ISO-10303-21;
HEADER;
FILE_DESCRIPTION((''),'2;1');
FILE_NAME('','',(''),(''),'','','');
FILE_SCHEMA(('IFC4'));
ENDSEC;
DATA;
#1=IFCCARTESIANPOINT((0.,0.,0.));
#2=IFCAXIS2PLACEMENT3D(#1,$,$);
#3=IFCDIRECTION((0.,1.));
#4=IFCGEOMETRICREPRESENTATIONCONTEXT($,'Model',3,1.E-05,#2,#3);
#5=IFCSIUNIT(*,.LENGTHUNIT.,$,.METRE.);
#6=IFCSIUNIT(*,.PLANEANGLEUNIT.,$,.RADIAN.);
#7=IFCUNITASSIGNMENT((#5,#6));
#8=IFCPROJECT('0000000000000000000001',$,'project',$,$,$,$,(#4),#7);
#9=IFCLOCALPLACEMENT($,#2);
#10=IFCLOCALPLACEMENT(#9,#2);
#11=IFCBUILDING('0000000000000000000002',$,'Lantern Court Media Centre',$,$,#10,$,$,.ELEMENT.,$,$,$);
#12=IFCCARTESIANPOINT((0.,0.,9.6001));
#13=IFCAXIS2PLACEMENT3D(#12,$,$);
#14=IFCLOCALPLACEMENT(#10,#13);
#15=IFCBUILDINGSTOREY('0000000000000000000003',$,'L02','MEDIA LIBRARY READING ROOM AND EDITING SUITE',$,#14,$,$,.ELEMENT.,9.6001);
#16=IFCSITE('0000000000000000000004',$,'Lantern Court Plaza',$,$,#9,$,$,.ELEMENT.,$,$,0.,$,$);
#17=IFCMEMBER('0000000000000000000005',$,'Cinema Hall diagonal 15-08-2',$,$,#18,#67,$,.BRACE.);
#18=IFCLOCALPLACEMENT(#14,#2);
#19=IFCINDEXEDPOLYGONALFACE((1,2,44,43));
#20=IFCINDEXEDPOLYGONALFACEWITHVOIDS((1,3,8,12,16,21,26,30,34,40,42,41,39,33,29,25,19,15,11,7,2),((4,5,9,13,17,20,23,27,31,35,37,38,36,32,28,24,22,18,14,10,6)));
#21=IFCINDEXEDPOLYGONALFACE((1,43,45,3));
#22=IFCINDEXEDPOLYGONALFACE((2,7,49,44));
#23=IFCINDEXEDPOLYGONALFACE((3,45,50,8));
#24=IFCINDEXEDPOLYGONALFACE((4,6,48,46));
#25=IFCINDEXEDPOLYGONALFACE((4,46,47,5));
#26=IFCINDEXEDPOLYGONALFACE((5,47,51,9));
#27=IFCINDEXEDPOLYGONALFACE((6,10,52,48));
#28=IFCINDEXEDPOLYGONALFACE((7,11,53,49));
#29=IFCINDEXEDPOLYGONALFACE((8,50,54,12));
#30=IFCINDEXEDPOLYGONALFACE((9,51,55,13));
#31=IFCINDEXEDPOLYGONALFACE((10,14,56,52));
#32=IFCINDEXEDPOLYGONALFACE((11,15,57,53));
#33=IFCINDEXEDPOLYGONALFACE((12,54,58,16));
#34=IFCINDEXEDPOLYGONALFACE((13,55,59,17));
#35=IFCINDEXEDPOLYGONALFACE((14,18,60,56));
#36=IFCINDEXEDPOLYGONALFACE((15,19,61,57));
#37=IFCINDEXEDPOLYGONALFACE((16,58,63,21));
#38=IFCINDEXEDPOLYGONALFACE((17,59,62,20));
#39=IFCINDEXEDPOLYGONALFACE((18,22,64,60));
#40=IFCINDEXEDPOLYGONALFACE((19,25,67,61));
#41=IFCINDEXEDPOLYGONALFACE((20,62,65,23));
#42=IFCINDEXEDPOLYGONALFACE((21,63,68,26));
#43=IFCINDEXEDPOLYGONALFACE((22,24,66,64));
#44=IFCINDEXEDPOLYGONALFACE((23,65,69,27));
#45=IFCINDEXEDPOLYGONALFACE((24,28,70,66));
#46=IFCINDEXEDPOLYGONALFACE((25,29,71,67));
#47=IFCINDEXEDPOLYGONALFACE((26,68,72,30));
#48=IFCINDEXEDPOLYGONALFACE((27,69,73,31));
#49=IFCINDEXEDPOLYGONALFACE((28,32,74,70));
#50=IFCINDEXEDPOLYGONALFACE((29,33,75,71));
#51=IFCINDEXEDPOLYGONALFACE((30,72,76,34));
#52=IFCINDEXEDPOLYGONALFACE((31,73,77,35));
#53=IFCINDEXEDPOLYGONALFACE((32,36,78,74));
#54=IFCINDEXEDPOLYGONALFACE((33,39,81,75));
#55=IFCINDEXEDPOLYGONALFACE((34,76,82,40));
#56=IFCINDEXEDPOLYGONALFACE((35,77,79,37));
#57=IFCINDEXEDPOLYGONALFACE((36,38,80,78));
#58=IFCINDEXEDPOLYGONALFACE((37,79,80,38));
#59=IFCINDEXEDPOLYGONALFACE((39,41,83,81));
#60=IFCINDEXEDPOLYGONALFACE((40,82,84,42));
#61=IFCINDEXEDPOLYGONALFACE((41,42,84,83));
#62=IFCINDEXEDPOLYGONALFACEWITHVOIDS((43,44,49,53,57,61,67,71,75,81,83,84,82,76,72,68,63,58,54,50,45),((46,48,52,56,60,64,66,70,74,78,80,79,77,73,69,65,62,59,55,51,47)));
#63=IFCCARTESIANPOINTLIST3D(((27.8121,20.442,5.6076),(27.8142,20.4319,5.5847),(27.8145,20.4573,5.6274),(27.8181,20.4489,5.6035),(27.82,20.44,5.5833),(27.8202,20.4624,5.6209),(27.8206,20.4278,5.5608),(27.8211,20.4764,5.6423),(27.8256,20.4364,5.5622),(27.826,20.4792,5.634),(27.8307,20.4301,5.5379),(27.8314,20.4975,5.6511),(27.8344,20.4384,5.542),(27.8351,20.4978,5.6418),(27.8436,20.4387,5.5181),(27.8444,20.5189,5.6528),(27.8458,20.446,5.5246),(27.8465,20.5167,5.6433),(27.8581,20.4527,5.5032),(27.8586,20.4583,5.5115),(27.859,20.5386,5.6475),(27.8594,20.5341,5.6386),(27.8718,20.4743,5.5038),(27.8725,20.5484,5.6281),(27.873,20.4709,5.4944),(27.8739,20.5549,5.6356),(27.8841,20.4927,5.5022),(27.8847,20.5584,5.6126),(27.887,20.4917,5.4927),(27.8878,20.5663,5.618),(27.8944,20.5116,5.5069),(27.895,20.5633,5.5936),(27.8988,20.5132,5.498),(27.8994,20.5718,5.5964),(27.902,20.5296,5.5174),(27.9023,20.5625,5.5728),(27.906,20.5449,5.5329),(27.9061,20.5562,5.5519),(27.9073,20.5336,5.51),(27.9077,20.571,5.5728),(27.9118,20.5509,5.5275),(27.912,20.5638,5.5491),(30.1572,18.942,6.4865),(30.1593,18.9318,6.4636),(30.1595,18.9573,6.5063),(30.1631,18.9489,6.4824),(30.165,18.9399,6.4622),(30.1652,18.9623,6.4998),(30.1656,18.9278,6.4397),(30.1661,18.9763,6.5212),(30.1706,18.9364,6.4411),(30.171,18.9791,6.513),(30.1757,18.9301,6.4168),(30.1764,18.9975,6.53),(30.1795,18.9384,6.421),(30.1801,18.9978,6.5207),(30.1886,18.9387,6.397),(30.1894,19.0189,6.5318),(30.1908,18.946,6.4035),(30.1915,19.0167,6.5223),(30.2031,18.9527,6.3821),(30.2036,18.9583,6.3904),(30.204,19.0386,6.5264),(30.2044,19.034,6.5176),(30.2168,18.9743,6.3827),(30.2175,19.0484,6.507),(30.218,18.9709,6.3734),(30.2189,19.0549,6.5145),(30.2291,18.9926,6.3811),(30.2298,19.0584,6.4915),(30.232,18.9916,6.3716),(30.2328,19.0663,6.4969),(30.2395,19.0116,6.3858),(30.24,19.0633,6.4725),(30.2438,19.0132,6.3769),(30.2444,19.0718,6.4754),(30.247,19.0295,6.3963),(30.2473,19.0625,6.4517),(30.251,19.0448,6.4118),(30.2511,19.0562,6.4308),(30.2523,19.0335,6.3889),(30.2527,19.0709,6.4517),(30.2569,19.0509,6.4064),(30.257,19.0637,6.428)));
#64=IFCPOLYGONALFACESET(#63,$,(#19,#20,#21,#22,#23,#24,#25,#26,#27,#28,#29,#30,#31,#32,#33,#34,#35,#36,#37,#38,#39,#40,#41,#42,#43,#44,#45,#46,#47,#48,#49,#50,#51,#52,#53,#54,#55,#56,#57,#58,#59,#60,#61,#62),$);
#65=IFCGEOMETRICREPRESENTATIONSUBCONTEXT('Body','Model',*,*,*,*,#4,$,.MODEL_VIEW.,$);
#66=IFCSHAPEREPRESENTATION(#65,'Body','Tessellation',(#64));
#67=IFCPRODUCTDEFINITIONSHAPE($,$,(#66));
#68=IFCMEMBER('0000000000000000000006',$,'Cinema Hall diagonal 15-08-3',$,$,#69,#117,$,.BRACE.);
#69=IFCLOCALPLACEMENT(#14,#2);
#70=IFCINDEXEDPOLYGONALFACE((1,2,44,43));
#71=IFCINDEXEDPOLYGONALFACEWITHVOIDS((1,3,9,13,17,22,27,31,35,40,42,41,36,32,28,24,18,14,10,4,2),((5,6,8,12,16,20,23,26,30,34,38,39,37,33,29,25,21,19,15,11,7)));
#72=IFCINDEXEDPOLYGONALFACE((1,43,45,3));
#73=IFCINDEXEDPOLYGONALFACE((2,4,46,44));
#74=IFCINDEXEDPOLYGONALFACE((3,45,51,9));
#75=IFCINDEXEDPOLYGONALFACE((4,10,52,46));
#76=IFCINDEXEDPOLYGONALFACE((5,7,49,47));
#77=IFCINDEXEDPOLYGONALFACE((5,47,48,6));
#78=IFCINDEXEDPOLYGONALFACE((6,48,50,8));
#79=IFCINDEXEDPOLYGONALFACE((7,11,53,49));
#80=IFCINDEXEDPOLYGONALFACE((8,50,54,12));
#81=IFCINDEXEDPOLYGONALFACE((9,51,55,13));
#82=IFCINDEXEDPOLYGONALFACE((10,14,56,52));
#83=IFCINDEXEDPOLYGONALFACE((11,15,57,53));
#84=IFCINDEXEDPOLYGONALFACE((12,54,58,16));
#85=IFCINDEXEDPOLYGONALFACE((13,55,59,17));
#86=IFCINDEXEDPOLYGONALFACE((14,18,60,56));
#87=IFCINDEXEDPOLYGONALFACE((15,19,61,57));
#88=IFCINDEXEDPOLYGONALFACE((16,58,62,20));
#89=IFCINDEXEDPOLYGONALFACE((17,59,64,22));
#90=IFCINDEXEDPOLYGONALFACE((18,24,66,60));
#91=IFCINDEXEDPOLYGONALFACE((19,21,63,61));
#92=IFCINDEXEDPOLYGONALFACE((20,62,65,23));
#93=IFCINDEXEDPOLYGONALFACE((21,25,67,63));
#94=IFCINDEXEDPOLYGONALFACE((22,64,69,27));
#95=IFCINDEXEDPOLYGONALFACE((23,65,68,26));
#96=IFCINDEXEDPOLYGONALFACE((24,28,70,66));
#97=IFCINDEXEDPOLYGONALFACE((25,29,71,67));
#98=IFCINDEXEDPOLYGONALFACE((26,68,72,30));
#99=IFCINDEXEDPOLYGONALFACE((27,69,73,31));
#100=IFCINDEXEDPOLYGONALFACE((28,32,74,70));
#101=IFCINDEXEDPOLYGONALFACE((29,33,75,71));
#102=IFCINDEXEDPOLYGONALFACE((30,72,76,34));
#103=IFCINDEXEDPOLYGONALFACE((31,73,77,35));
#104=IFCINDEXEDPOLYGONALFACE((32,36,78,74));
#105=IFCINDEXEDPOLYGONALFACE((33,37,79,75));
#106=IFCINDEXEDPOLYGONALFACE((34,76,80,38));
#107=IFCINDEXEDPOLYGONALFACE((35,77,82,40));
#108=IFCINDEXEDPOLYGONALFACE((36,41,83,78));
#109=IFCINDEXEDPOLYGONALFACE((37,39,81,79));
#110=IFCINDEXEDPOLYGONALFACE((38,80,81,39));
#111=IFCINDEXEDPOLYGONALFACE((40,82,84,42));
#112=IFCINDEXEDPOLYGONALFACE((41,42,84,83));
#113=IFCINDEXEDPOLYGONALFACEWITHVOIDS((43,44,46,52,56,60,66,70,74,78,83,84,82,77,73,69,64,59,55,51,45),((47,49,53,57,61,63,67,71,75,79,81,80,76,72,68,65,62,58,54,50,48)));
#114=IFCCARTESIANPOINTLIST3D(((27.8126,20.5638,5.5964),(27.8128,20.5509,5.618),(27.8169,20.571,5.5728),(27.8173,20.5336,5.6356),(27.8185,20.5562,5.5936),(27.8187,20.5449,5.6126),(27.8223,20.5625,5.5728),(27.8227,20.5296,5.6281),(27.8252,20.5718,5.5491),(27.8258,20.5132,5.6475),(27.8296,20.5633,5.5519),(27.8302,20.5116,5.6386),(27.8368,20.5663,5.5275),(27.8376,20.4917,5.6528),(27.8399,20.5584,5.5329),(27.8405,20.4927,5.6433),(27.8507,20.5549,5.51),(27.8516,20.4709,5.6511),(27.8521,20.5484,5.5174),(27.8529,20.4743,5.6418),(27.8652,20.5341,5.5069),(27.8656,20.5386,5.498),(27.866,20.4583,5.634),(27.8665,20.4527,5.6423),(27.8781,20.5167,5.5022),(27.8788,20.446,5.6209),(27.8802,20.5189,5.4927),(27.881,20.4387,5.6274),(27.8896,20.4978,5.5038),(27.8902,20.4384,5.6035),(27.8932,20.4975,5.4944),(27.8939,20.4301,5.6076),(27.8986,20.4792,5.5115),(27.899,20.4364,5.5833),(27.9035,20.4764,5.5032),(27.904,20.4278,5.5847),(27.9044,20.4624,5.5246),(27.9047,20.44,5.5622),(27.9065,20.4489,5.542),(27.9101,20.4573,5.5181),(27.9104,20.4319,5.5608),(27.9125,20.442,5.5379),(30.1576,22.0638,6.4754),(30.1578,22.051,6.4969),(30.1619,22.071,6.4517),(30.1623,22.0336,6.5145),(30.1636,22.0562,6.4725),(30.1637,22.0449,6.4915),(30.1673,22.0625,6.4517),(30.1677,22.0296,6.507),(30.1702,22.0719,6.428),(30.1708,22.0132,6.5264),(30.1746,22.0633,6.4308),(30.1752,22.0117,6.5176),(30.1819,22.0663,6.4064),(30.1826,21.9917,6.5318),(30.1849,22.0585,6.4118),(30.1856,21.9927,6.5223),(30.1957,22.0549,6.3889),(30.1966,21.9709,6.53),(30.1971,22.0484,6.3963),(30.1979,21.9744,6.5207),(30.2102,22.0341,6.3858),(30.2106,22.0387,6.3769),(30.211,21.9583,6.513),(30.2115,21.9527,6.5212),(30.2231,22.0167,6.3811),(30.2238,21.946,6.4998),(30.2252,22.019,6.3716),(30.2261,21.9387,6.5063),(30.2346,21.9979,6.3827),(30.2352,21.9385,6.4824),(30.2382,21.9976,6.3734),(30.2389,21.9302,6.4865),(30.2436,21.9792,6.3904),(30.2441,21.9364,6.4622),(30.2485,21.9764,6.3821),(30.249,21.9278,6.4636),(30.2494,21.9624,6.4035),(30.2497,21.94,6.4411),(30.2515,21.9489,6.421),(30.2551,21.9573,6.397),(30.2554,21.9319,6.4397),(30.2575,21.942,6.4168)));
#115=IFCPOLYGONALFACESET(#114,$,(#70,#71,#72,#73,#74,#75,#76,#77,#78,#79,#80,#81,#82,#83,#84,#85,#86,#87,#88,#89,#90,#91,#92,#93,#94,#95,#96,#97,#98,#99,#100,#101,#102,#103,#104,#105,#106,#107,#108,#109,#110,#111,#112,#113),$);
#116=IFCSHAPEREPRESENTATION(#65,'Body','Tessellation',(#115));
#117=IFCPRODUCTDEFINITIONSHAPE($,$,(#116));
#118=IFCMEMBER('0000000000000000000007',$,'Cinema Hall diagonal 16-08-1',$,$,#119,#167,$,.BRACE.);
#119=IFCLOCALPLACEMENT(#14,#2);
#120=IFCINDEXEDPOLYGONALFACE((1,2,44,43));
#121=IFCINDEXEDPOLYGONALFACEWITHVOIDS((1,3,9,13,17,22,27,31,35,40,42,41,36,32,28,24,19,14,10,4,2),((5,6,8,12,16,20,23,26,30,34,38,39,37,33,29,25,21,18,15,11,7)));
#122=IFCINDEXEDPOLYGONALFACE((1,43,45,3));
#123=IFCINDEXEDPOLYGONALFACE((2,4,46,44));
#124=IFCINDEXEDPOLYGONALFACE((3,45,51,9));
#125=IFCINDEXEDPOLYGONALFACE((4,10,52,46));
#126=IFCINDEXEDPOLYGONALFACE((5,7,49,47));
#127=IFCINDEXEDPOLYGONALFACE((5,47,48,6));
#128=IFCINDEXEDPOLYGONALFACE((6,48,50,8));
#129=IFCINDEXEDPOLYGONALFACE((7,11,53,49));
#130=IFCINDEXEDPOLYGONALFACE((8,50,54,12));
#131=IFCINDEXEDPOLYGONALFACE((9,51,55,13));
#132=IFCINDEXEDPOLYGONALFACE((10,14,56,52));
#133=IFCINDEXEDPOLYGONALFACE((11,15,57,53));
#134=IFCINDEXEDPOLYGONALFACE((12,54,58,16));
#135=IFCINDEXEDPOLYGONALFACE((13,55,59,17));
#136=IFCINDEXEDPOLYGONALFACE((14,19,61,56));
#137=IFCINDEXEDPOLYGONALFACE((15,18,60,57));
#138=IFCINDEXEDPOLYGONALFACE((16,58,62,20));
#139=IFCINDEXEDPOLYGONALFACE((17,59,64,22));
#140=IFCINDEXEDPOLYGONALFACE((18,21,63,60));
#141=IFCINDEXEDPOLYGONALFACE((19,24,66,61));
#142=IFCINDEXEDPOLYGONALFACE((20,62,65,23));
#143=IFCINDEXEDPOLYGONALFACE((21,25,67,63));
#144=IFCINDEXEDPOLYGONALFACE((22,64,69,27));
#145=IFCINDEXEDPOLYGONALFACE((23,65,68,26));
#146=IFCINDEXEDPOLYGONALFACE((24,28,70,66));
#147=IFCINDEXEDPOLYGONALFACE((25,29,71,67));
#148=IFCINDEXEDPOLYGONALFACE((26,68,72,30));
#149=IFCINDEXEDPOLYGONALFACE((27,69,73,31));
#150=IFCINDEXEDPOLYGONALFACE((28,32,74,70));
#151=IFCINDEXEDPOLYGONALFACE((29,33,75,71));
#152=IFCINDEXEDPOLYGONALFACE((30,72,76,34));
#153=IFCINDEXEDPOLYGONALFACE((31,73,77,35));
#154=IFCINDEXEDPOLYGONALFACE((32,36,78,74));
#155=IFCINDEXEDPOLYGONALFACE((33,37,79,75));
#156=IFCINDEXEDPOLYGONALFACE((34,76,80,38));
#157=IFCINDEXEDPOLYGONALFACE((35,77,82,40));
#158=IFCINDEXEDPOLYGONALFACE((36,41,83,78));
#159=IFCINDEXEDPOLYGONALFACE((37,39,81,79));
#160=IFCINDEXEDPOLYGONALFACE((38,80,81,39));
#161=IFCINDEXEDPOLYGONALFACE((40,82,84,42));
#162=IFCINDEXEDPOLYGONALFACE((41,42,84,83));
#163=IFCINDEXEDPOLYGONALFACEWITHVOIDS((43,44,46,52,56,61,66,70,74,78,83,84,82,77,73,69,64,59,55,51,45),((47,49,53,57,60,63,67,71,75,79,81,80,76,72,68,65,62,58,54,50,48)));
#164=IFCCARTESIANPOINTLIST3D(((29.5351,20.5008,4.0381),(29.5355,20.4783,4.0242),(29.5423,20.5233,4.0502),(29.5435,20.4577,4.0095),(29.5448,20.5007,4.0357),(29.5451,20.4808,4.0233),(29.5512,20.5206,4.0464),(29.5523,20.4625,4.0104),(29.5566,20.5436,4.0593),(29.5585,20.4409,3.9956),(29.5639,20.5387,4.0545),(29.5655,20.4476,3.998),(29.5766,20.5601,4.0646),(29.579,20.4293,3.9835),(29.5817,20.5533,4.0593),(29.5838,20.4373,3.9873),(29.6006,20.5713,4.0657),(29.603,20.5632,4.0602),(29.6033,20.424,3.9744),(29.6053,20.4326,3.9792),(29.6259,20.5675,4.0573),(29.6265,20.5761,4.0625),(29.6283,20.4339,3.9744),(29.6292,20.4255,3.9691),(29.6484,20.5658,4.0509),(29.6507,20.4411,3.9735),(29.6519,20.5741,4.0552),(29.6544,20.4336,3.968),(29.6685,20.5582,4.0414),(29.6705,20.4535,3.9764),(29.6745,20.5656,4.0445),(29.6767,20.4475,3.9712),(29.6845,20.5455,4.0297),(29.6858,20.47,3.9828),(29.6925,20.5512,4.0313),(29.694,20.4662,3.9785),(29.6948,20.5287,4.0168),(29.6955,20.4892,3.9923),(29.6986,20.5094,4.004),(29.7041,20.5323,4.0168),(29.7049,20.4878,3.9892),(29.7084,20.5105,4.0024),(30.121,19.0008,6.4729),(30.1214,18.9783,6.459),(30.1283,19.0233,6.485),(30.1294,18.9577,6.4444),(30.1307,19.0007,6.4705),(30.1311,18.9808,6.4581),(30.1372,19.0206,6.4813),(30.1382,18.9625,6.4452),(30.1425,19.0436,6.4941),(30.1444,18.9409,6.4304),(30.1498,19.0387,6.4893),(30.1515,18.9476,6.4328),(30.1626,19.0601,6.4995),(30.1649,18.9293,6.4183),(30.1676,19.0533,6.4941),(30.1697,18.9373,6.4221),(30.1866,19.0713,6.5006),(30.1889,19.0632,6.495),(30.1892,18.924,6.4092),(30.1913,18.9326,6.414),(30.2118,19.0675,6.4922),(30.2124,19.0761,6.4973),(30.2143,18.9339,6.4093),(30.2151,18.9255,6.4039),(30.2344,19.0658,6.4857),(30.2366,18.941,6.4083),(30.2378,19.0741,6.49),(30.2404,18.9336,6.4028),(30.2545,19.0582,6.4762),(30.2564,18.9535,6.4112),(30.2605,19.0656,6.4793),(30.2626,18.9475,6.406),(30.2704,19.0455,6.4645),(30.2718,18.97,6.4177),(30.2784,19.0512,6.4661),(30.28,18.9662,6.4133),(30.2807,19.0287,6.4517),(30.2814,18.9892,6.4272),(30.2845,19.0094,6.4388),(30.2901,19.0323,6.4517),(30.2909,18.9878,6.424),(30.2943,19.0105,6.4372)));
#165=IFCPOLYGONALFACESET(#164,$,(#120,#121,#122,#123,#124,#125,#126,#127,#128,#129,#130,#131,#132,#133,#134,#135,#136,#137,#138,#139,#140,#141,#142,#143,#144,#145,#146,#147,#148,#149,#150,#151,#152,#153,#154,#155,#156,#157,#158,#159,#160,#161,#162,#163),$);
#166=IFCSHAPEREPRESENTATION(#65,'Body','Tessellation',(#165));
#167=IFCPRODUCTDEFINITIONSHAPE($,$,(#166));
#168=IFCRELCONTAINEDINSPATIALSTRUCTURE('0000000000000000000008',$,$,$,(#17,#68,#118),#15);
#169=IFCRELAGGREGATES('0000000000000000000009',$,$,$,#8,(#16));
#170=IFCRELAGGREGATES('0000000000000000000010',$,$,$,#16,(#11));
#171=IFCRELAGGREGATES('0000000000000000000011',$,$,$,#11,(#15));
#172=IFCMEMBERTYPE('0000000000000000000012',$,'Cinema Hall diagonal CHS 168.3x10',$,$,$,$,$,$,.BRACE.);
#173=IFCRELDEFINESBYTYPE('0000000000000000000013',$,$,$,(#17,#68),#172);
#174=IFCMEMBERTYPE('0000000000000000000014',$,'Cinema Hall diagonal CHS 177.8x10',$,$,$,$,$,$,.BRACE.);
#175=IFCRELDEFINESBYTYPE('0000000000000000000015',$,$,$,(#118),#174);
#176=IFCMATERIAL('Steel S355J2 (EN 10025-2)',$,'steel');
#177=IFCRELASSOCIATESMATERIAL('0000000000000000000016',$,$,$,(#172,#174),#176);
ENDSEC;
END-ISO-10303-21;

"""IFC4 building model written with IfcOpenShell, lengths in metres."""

from ifc_helpers import new_model, si_unit, direction, frame, origin, origin_2d, place, context, subcontext, project, spatial, hollow_circle, extrude, material, material_profile, profile_set, type_object, element, save


model = new_model("IFC4")

# Units and contexts
model_context = context("Model", 3, precision=1e-05, world=origin(), true_north=direction((0.0, 1.0)))
body_context = subcontext(model_context, "Body", "Model", "MODEL_VIEW")
ifc_project = project(units=[si_unit("LENGTHUNIT", "METRE"), si_unit("PLANEANGLEUNIT", "RADIAN")], contexts=[model_context])

# Site, building, storey
site_placement = place(None, origin())
site = spatial("IfcSite", under=ifc_project, at=site_placement, Name="Lantern Court Plaza", CompositionType="ELEMENT", RefElevation=0.0)
building_placement = place(site_placement, origin())
building = spatial("IfcBuilding", under=site, at=building_placement, Name="Lantern Court Media Centre", CompositionType="ELEMENT")
storey_placement = place(building_placement, frame((0.0, 0.0, 9.6001)))
storey = spatial("IfcBuildingStorey", under=building, at=storey_placement, Name="L02", Description="MEDIA LIBRARY READING ROOM AND EDITING SUITE", CompositionType="ELEMENT", Elevation=9.6001)

# Members
ifc_material_1 = material(Name="Steel S355J2 (EN 10025-2)", Category="steel")
ifc_material_profile_1 = material_profile(ifc_material_1, hollow_circle(Radius=0.0842, WallThickness=0.01, at=origin_2d()), Name="Cinema Hall diagonal CHS 168.3x10")
ifc_profile_set_1 = profile_set([ifc_material_profile_1], Name="Steel S355J2 (EN 10025-2)")
member_type_1 = type_object("IfcMemberType", Name="Cinema Hall diagonal CHS 168.3x10", PredefinedType="BRACE", material=ifc_profile_set_1)
for number, where, z_axis, x_axis, name in (
    (1, (27.8623, 20.5, 5.5728), (0.803309, -0.51385, 0.301084), (0.538855, 0.842399, 0.0), "Cinema Hall diagonal 15-08-2"),
    (2, (27.8623, 20.5, 5.5728), (0.803309, 0.51385, 0.301084), (-0.538855, 0.842399, 0.0), "Cinema Hall diagonal 15-08-3"),
):
    element("IfcMember", number, at=place(storey_placement, frame(where, z_axis=z_axis, x_axis=x_axis)), inside=storey, type_object=member_type_1, Name=name, PredefinedType="BRACE", context=body_context, shape_type="SweptSolid", body=[
        extrude(hollow_circle(Radius=0.0842, WallThickness=0.01, at=origin_2d()), origin(), (0.0, 0.0, 1.0), 2.9192),
    ])
ifc_material_profile_2 = material_profile(ifc_material_1, hollow_circle(Radius=0.0889, WallThickness=0.01, at=origin_2d()), Name="Cinema Hall diagonal CHS 177.8x10")
ifc_profile_set_2 = profile_set([ifc_material_profile_2], Name="Steel S355J2 (EN 10025-2)")
member_type_2 = type_object("IfcMemberType", Name="Cinema Hall diagonal CHS 177.8x10", PredefinedType="BRACE", material=ifc_profile_set_2)
for number, where, z_axis, x_axis, name in (
    (3, (29.6213, 20.5, 4.0168), (0.20072, -0.513842, 0.834073), (0.931457, 0.363851, 0.0), "Cinema Hall diagonal 16-08-1"),
):
    element("IfcMember", number, at=place(storey_placement, frame(where, z_axis=z_axis, x_axis=x_axis)), inside=storey, type_object=member_type_2, Name=name, PredefinedType="BRACE", context=body_context, shape_type="SweptSolid", body=[
        extrude(hollow_circle(Radius=0.0889, WallThickness=0.01, at=origin_2d()), origin(), (0.0, 0.0, 1.0), 2.9192),
    ])

save(model, "model.ifc")
